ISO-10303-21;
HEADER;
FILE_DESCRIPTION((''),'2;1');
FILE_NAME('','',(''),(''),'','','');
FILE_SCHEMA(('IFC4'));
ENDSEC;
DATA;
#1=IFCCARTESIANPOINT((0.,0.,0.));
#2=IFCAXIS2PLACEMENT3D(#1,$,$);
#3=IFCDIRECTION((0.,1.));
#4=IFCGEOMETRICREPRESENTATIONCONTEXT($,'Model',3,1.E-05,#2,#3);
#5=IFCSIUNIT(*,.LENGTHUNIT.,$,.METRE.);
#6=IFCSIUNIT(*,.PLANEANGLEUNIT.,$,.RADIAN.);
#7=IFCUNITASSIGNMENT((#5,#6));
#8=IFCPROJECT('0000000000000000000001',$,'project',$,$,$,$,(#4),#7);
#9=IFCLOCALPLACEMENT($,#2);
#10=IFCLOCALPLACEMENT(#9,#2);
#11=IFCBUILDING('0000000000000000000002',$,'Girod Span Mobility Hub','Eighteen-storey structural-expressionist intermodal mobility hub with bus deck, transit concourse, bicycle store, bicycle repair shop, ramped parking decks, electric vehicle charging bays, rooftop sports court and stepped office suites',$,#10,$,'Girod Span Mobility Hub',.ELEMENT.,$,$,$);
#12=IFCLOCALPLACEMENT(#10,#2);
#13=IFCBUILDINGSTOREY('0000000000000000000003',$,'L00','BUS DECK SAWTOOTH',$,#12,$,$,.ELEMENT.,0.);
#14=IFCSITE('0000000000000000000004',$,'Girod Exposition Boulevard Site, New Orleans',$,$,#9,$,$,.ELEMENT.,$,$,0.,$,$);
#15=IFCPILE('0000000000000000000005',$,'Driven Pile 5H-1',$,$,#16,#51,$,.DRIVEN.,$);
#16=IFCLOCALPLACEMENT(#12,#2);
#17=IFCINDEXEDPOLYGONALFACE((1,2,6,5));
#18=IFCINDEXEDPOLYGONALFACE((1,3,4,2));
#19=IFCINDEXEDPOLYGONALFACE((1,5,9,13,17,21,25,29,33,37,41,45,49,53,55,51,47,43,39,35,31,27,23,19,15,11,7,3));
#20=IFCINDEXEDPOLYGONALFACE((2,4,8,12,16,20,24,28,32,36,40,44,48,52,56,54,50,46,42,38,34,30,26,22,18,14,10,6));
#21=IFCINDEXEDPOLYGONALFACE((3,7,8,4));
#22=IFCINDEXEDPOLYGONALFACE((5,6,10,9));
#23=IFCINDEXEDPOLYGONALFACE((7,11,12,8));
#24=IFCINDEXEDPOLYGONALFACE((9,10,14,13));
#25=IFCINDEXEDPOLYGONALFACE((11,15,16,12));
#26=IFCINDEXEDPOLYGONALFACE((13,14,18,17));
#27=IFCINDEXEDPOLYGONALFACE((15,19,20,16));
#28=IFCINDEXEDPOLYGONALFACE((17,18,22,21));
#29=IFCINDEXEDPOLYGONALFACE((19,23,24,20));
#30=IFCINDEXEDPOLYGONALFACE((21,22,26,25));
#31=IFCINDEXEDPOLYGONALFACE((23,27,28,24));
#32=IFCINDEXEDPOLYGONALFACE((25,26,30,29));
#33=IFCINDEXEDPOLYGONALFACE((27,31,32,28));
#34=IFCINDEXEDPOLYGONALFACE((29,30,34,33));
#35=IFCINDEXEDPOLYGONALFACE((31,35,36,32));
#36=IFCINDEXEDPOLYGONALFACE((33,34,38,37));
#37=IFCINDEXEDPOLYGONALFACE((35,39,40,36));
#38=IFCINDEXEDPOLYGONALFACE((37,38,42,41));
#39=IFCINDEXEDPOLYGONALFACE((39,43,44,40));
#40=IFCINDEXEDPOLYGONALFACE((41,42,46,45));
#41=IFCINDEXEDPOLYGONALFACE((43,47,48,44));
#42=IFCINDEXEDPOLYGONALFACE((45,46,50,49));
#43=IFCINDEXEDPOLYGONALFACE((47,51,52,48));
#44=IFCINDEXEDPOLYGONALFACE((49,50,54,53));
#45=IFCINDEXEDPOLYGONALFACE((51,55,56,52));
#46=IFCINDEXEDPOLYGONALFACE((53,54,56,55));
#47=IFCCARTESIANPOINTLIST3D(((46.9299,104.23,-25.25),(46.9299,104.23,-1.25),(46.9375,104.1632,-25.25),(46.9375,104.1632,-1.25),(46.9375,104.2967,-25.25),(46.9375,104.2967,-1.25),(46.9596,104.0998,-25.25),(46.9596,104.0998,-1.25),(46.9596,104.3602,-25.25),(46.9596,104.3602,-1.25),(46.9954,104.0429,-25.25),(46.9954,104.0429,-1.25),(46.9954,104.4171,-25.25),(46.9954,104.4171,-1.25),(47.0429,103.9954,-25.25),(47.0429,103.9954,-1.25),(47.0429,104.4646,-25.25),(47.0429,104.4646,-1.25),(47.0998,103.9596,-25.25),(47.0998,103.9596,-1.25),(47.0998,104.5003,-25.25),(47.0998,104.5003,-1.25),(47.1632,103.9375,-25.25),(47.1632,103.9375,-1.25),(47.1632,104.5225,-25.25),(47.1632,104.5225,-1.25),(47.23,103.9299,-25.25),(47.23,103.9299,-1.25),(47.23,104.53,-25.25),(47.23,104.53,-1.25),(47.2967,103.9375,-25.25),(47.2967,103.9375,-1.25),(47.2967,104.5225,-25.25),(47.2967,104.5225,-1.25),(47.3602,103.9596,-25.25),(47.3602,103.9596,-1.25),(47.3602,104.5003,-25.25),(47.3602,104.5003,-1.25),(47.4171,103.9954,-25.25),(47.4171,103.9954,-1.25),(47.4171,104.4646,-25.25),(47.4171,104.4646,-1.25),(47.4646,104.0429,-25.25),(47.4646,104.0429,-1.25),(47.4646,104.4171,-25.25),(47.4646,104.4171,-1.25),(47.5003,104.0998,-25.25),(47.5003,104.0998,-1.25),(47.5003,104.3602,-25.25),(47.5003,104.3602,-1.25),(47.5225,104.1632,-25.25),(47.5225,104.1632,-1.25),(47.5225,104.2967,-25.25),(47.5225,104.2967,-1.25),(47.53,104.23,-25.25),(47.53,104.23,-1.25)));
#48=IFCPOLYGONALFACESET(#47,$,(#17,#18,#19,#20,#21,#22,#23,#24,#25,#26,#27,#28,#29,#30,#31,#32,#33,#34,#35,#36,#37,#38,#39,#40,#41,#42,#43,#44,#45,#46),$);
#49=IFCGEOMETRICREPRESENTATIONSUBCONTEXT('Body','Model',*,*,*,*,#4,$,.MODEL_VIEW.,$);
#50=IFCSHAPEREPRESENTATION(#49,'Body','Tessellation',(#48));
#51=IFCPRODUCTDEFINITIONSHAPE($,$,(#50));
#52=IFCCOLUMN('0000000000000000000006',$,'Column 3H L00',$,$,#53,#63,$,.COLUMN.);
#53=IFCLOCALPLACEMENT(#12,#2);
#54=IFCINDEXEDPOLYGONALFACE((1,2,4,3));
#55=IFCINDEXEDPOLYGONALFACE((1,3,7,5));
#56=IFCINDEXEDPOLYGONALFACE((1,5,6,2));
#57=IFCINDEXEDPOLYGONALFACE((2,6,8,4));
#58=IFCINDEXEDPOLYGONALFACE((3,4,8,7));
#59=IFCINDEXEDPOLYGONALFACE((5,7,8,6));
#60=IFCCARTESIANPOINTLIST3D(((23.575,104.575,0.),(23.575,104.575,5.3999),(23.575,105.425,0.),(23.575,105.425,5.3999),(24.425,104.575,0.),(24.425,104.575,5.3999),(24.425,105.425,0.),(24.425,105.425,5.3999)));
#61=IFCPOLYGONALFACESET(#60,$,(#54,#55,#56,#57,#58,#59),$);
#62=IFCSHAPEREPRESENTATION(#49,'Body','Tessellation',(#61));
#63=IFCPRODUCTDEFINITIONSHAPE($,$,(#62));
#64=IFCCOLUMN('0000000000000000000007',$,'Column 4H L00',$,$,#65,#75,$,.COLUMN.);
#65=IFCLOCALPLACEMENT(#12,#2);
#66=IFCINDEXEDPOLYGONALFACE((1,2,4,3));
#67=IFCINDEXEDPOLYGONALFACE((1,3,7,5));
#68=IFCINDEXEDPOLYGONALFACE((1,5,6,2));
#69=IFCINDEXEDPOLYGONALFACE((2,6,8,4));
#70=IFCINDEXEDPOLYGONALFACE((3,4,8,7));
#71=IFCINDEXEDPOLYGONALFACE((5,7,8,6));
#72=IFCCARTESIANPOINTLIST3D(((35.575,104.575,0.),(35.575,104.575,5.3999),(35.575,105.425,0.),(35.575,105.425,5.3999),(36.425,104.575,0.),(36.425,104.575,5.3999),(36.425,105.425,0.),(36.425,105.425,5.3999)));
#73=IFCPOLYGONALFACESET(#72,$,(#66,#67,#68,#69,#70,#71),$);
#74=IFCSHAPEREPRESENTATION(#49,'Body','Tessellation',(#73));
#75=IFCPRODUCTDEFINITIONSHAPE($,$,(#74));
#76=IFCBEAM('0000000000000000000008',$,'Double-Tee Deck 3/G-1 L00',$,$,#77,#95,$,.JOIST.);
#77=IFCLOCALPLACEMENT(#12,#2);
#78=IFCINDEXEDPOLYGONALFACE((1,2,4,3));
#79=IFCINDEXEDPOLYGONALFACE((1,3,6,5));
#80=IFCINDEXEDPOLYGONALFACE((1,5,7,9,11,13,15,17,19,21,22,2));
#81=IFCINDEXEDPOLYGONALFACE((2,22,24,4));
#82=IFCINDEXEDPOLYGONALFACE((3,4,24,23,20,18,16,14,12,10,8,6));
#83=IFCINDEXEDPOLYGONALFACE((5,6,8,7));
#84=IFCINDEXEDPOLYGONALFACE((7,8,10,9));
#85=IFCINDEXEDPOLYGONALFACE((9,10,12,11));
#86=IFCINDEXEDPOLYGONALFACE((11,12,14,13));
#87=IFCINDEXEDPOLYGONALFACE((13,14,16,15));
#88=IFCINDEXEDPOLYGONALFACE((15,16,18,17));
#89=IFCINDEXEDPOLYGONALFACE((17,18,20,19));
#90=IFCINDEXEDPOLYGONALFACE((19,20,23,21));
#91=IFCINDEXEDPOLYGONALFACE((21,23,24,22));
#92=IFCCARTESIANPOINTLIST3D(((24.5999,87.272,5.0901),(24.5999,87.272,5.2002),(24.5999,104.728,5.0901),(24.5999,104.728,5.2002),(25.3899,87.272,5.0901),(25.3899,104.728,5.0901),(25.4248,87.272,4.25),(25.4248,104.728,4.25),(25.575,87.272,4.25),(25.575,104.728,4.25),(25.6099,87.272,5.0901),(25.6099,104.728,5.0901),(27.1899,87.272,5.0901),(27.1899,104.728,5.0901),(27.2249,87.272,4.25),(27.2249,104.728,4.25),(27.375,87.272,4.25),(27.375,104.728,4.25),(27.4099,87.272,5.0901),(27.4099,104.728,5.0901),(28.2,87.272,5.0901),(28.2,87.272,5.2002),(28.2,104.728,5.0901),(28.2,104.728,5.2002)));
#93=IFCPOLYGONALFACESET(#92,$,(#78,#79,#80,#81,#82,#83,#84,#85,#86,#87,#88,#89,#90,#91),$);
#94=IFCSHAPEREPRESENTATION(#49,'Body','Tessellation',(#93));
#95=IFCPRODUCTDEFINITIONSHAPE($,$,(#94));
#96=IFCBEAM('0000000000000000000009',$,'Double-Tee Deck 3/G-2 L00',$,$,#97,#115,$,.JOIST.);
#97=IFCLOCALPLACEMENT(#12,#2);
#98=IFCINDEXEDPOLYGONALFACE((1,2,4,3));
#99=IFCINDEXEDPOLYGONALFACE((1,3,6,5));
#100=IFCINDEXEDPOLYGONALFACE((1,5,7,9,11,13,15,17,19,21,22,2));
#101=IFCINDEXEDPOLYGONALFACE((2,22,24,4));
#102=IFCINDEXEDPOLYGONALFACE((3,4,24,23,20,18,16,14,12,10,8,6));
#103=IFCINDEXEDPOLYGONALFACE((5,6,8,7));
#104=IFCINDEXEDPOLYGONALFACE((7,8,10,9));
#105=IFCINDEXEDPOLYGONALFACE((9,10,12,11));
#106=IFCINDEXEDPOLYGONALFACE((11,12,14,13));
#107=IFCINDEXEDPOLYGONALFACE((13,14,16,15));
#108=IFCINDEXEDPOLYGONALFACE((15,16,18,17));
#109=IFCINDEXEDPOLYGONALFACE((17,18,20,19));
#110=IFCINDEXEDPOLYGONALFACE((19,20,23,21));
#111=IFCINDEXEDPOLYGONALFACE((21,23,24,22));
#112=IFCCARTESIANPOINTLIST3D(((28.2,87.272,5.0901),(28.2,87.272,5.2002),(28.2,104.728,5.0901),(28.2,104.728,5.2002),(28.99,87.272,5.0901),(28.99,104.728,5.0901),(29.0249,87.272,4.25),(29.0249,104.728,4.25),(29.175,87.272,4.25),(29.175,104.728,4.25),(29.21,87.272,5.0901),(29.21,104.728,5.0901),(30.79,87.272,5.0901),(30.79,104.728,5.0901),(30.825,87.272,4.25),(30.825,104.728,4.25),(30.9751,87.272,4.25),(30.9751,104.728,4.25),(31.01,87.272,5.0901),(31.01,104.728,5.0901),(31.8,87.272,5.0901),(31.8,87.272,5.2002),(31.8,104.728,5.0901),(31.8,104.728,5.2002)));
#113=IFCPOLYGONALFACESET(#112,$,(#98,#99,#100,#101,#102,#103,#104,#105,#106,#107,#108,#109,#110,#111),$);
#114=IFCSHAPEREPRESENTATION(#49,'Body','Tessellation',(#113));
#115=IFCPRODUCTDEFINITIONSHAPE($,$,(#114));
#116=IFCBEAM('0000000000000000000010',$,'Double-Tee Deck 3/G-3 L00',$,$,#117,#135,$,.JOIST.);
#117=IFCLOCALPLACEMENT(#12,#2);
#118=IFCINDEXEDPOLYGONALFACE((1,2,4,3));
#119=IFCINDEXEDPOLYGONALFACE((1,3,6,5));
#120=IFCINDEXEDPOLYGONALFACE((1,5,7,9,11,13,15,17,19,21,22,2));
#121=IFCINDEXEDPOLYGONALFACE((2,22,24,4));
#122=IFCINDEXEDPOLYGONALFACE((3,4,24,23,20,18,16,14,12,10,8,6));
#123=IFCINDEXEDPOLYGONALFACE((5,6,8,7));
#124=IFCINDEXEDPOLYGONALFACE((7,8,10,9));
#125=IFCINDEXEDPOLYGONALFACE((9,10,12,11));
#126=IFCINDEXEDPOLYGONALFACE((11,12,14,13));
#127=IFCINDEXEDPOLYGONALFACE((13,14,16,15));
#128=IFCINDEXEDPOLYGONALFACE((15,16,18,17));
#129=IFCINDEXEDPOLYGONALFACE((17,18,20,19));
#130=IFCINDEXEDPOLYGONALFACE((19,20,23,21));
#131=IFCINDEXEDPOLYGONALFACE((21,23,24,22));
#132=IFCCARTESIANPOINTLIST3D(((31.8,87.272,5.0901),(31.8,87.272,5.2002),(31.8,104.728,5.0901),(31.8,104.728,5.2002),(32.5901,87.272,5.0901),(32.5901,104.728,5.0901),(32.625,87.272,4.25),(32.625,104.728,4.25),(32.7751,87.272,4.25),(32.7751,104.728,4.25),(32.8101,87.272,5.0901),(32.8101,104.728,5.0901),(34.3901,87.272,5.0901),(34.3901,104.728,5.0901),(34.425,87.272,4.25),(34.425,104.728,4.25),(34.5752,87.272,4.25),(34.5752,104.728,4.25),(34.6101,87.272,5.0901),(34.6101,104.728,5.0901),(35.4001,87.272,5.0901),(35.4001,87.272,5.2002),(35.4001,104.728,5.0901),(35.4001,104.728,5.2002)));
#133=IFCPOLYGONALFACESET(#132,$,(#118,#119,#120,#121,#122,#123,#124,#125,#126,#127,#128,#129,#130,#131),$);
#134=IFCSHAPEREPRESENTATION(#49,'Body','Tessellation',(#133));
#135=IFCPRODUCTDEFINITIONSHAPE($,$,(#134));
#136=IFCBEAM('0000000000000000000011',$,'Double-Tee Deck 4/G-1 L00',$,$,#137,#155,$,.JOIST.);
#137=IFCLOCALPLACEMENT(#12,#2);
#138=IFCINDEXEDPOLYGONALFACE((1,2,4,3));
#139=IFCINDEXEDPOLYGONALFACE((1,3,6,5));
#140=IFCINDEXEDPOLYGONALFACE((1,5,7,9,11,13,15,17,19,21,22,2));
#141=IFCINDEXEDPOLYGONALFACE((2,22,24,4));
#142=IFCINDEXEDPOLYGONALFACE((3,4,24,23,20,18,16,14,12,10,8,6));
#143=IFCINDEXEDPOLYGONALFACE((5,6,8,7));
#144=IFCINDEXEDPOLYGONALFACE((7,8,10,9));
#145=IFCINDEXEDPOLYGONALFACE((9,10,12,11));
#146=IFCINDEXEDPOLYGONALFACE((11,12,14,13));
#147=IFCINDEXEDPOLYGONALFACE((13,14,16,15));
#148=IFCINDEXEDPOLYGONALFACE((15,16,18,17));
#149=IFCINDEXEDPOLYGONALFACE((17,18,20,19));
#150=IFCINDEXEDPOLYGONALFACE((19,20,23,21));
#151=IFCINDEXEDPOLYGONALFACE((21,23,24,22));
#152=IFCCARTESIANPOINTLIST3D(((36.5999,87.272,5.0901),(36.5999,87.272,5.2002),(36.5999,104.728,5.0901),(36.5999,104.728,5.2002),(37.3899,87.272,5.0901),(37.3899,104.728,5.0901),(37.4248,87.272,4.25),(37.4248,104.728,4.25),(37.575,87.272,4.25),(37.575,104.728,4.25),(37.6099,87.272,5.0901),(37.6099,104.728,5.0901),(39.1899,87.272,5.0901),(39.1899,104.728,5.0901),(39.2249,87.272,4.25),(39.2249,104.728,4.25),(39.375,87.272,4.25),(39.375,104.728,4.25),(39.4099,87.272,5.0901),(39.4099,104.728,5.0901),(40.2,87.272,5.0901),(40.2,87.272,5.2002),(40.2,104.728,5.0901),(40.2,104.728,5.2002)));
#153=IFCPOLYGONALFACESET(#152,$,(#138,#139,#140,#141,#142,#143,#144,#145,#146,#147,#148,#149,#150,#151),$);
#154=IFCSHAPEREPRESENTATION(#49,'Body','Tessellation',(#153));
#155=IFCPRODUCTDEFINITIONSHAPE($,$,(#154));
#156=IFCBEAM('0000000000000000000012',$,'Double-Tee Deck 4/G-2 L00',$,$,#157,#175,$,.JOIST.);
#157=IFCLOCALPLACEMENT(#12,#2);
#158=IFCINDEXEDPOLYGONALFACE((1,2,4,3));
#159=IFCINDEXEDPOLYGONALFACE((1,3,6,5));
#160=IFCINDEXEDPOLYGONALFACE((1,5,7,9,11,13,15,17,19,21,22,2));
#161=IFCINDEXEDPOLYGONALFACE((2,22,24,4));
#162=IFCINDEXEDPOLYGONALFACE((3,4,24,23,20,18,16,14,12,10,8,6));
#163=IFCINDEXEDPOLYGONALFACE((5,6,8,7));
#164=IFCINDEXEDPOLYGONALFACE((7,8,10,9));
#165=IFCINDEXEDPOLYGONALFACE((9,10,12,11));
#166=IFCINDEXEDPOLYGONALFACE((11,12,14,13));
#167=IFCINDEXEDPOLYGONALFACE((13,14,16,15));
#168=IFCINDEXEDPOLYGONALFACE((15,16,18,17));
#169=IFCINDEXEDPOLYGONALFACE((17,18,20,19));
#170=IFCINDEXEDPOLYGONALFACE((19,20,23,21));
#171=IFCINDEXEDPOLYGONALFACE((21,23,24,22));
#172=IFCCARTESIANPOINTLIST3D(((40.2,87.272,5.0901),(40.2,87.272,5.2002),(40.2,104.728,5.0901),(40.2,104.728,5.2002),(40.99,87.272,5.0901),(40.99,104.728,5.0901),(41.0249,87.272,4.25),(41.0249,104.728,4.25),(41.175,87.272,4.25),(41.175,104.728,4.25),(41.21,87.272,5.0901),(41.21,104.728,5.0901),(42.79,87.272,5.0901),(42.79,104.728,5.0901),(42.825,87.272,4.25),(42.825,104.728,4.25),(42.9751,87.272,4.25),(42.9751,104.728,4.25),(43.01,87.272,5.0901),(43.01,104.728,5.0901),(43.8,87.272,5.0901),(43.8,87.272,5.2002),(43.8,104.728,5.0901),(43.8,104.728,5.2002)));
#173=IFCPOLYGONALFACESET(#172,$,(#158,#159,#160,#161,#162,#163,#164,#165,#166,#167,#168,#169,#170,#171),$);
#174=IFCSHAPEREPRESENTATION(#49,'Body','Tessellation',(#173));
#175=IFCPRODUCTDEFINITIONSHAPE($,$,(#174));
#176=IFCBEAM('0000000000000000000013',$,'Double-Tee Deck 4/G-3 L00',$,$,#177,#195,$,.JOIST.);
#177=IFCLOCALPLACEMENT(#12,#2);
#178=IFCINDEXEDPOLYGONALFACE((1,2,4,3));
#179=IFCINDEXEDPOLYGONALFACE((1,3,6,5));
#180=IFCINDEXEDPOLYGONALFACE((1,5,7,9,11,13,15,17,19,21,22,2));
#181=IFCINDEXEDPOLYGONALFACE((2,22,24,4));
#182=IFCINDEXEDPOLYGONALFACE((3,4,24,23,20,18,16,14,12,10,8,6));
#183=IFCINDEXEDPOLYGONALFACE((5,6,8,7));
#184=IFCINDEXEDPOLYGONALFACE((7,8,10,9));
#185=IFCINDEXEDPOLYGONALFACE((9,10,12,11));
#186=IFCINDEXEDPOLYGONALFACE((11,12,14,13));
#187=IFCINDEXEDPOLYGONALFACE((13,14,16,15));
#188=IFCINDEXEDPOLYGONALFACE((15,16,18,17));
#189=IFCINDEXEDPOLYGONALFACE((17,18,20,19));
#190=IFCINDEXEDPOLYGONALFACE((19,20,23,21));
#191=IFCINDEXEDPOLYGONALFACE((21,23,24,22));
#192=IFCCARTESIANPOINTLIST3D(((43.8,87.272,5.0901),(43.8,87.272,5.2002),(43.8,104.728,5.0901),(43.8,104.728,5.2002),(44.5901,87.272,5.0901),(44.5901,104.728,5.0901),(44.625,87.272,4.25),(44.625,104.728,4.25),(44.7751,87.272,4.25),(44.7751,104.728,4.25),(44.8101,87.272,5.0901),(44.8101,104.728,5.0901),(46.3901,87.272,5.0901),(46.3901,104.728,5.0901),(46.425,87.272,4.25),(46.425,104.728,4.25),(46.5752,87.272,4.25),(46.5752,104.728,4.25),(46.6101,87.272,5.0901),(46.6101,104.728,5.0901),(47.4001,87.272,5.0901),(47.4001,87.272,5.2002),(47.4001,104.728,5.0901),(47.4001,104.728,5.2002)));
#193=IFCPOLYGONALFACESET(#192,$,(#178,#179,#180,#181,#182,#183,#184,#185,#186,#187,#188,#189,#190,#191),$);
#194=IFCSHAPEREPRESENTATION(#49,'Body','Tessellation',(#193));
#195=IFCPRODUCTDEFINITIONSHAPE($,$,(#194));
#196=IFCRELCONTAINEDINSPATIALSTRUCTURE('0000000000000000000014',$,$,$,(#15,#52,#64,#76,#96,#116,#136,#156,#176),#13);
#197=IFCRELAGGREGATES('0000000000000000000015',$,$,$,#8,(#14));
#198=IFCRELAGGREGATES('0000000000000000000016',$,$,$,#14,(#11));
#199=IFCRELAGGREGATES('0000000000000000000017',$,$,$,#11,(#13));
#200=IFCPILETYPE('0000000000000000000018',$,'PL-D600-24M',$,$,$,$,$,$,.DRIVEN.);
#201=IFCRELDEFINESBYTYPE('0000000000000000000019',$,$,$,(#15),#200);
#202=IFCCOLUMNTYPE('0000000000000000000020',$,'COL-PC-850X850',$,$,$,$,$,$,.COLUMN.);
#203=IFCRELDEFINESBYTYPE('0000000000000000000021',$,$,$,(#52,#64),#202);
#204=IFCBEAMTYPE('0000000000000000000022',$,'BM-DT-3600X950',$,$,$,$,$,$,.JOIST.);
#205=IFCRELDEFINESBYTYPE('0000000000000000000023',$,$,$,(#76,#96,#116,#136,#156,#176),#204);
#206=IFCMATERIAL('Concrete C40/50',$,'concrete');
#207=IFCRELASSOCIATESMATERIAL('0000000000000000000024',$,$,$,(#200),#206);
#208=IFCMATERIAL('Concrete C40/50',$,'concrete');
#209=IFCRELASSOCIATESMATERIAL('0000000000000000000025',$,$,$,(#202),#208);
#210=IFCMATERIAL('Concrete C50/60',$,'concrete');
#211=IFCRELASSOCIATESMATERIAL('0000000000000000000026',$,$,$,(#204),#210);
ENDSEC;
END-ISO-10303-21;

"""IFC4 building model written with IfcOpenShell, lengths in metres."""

from ifc_helpers import new_model, si_unit, direction, frame, origin, origin_2d, place, context, subcontext, project, spatial, polyline, rectangle, circle, outline, extrude, material, material_profile, profile_set, type_object, element, save


model = new_model("IFC4")

# Units and contexts
model_context = context("Model", 3, precision=1e-05, world=origin(), true_north=direction((0.0, 1.0)))
body_context = subcontext(model_context, "Body", "Model", "MODEL_VIEW")
ifc_project = project(units=[si_unit("LENGTHUNIT", "METRE"), si_unit("PLANEANGLEUNIT", "RADIAN")], contexts=[model_context])

# Site, building, storey
site_placement = place(None, origin())
site = spatial("IfcSite", under=ifc_project, at=site_placement, Name="Girod Exposition Boulevard Site, New Orleans", CompositionType="ELEMENT", RefElevation=0.0)
building_placement = place(site_placement, origin())
building = spatial("IfcBuilding", under=site, at=building_placement, Name="Girod Span Mobility Hub", Description="Eighteen-storey structural-expressionist intermodal mobility hub with bus deck, transit concourse, bicycle store, bicycle repair shop, ramped parking decks, electric vehicle charging bays, rooftop sports court and stepped office suites", LongName="Girod Span Mobility Hub", CompositionType="ELEMENT")
storey_placement = place(building_placement, origin())
storey = spatial("IfcBuildingStorey", under=building, at=storey_placement, Name="L00", Description="BUS DECK SAWTOOTH", CompositionType="ELEMENT", Elevation=0.0)

# Pile
ifc_material_1 = material(Name="Concrete C40/50", Category="concrete")
ifc_material_profile_1 = material_profile(ifc_material_1, circle(Radius=0.3, at=origin_2d()), Name="PILE-D600")
ifc_profile_set_1 = profile_set([ifc_material_profile_1], Name="Concrete C40/50")
pile_type = type_object("IfcPileType", Name="PL-D600-24M", PredefinedType="DRIVEN", material=ifc_profile_set_1)
for number, where, z_axis, x_axis, name in (
    (1, (47.23, 104.23, -1.25), (0.0, 0.0, -1.0), (1.0, 0.0, 0.0), "Driven Pile 5H-1"),
):
    element("IfcPile", number, at=place(storey_placement, frame(where, z_axis=z_axis, x_axis=x_axis)), inside=storey, type_object=pile_type, Name=name, PredefinedType="DRIVEN", context=body_context, shape_type="SweptSolid", body=[
        extrude(circle(Radius=0.3, at=origin_2d()), origin(), (0.0, 0.0, 1.0), 24.0),
    ])

# Columns
ifc_material_2 = material(Name="Concrete C40/50", Category="concrete")
ifc_material_profile_2 = material_profile(ifc_material_2, rectangle(XDim=0.8501, YDim=0.8501, at=origin_2d()), Name="PC-COL-850X850")
ifc_profile_set_2 = profile_set([ifc_material_profile_2], Name="Concrete C40/50")
column_type = type_object("IfcColumnType", Name="COL-PC-850X850", PredefinedType="COLUMN", material=ifc_profile_set_2)
for number, where, z_axis, x_axis, name in (
    (2, (24.0, 105.0, 0.0), (0.0, 0.0, 1.0), (1.0, 0.0, 0.0), "Column 3H L00"),
    (3, (36.0, 105.0, 0.0), (0.0, 0.0, 1.0), (1.0, 0.0, 0.0), "Column 4H L00"),
):
    element("IfcColumn", number, at=place(storey_placement, frame(where, z_axis=z_axis, x_axis=x_axis)), inside=storey, type_object=column_type, Name=name, PredefinedType="COLUMN", context=body_context, shape_type="SweptSolid", body=[
        extrude(rectangle(XDim=0.8501, YDim=0.8501, at=origin_2d()), origin(), (0.0, 0.0, 1.0), 5.3999),
    ])

# Beams
ifc_material_3 = material(Name="Concrete C50/60", Category="concrete")
ifc_material_profile_3 = material_profile(ifc_material_3, outline(polyline([(-1.8, 0.4751), (-1.8, 0.365), (-1.01, 0.365), (-0.9751, -0.4751), (-0.825, -0.4751), (-0.79, 0.365), (0.79, 0.365), (0.825, -0.4751), (0.9751, -0.4751), (1.01, 0.365), (1.8, 0.365), (1.8, 0.4751), (-1.8, 0.4751)])), Name="DT-3600X950")
ifc_profile_set_3 = profile_set([ifc_material_profile_3], Name="Concrete C50/60")
beam_type_1 = type_object("IfcBeamType", Name="BM-DT-3600X950", PredefinedType="JOIST", material=ifc_profile_set_3)
for number, where, z_axis, x_axis, name in (
    (4, (26.3999, 87.272, 4.7251), (0.0, 1.0, 0.0), (-1.0, 0.0, 0.0), "Double-Tee Deck 3/G-1 L00"),
    (5, (30.0, 87.272, 4.7251), (0.0, 1.0, 0.0), (-1.0, 0.0, 0.0), "Double-Tee Deck 3/G-2 L00"),
    (6, (33.6001, 87.272, 4.7251), (0.0, 1.0, 0.0), (-1.0, 0.0, 0.0), "Double-Tee Deck 3/G-3 L00"),
    (7, (38.3999, 87.272, 4.7251), (0.0, 1.0, 0.0), (-1.0, 0.0, 0.0), "Double-Tee Deck 4/G-1 L00"),
    (8, (42.0, 87.272, 4.7251), (0.0, 1.0, 0.0), (-1.0, 0.0, 0.0), "Double-Tee Deck 4/G-2 L00"),
    (9, (45.6001, 87.272, 4.7251), (0.0, 1.0, 0.0), (-1.0, 0.0, 0.0), "Double-Tee Deck 4/G-3 L00"),
):
    element("IfcBeam", number, at=place(storey_placement, frame(where, z_axis=z_axis, x_axis=x_axis)), inside=storey, type_object=beam_type_1, Name=name, PredefinedType="JOIST", context=body_context, shape_type="SweptSolid", body=[
        extrude(outline(polyline([(-1.8, 0.4751), (-1.8, 0.365), (-1.01, 0.365), (-0.9751, -0.4751), (-0.825, -0.4751), (-0.79, 0.365), (0.79, 0.365), (0.825, -0.4751), (0.9751, -0.4751), (1.01, 0.365), (1.8, 0.365), (1.8, 0.4751), (-1.8, 0.4751)])), origin(), (0.0, 0.0, 1.0), 17.4561),
    ])

save(model, "model.ifc")
